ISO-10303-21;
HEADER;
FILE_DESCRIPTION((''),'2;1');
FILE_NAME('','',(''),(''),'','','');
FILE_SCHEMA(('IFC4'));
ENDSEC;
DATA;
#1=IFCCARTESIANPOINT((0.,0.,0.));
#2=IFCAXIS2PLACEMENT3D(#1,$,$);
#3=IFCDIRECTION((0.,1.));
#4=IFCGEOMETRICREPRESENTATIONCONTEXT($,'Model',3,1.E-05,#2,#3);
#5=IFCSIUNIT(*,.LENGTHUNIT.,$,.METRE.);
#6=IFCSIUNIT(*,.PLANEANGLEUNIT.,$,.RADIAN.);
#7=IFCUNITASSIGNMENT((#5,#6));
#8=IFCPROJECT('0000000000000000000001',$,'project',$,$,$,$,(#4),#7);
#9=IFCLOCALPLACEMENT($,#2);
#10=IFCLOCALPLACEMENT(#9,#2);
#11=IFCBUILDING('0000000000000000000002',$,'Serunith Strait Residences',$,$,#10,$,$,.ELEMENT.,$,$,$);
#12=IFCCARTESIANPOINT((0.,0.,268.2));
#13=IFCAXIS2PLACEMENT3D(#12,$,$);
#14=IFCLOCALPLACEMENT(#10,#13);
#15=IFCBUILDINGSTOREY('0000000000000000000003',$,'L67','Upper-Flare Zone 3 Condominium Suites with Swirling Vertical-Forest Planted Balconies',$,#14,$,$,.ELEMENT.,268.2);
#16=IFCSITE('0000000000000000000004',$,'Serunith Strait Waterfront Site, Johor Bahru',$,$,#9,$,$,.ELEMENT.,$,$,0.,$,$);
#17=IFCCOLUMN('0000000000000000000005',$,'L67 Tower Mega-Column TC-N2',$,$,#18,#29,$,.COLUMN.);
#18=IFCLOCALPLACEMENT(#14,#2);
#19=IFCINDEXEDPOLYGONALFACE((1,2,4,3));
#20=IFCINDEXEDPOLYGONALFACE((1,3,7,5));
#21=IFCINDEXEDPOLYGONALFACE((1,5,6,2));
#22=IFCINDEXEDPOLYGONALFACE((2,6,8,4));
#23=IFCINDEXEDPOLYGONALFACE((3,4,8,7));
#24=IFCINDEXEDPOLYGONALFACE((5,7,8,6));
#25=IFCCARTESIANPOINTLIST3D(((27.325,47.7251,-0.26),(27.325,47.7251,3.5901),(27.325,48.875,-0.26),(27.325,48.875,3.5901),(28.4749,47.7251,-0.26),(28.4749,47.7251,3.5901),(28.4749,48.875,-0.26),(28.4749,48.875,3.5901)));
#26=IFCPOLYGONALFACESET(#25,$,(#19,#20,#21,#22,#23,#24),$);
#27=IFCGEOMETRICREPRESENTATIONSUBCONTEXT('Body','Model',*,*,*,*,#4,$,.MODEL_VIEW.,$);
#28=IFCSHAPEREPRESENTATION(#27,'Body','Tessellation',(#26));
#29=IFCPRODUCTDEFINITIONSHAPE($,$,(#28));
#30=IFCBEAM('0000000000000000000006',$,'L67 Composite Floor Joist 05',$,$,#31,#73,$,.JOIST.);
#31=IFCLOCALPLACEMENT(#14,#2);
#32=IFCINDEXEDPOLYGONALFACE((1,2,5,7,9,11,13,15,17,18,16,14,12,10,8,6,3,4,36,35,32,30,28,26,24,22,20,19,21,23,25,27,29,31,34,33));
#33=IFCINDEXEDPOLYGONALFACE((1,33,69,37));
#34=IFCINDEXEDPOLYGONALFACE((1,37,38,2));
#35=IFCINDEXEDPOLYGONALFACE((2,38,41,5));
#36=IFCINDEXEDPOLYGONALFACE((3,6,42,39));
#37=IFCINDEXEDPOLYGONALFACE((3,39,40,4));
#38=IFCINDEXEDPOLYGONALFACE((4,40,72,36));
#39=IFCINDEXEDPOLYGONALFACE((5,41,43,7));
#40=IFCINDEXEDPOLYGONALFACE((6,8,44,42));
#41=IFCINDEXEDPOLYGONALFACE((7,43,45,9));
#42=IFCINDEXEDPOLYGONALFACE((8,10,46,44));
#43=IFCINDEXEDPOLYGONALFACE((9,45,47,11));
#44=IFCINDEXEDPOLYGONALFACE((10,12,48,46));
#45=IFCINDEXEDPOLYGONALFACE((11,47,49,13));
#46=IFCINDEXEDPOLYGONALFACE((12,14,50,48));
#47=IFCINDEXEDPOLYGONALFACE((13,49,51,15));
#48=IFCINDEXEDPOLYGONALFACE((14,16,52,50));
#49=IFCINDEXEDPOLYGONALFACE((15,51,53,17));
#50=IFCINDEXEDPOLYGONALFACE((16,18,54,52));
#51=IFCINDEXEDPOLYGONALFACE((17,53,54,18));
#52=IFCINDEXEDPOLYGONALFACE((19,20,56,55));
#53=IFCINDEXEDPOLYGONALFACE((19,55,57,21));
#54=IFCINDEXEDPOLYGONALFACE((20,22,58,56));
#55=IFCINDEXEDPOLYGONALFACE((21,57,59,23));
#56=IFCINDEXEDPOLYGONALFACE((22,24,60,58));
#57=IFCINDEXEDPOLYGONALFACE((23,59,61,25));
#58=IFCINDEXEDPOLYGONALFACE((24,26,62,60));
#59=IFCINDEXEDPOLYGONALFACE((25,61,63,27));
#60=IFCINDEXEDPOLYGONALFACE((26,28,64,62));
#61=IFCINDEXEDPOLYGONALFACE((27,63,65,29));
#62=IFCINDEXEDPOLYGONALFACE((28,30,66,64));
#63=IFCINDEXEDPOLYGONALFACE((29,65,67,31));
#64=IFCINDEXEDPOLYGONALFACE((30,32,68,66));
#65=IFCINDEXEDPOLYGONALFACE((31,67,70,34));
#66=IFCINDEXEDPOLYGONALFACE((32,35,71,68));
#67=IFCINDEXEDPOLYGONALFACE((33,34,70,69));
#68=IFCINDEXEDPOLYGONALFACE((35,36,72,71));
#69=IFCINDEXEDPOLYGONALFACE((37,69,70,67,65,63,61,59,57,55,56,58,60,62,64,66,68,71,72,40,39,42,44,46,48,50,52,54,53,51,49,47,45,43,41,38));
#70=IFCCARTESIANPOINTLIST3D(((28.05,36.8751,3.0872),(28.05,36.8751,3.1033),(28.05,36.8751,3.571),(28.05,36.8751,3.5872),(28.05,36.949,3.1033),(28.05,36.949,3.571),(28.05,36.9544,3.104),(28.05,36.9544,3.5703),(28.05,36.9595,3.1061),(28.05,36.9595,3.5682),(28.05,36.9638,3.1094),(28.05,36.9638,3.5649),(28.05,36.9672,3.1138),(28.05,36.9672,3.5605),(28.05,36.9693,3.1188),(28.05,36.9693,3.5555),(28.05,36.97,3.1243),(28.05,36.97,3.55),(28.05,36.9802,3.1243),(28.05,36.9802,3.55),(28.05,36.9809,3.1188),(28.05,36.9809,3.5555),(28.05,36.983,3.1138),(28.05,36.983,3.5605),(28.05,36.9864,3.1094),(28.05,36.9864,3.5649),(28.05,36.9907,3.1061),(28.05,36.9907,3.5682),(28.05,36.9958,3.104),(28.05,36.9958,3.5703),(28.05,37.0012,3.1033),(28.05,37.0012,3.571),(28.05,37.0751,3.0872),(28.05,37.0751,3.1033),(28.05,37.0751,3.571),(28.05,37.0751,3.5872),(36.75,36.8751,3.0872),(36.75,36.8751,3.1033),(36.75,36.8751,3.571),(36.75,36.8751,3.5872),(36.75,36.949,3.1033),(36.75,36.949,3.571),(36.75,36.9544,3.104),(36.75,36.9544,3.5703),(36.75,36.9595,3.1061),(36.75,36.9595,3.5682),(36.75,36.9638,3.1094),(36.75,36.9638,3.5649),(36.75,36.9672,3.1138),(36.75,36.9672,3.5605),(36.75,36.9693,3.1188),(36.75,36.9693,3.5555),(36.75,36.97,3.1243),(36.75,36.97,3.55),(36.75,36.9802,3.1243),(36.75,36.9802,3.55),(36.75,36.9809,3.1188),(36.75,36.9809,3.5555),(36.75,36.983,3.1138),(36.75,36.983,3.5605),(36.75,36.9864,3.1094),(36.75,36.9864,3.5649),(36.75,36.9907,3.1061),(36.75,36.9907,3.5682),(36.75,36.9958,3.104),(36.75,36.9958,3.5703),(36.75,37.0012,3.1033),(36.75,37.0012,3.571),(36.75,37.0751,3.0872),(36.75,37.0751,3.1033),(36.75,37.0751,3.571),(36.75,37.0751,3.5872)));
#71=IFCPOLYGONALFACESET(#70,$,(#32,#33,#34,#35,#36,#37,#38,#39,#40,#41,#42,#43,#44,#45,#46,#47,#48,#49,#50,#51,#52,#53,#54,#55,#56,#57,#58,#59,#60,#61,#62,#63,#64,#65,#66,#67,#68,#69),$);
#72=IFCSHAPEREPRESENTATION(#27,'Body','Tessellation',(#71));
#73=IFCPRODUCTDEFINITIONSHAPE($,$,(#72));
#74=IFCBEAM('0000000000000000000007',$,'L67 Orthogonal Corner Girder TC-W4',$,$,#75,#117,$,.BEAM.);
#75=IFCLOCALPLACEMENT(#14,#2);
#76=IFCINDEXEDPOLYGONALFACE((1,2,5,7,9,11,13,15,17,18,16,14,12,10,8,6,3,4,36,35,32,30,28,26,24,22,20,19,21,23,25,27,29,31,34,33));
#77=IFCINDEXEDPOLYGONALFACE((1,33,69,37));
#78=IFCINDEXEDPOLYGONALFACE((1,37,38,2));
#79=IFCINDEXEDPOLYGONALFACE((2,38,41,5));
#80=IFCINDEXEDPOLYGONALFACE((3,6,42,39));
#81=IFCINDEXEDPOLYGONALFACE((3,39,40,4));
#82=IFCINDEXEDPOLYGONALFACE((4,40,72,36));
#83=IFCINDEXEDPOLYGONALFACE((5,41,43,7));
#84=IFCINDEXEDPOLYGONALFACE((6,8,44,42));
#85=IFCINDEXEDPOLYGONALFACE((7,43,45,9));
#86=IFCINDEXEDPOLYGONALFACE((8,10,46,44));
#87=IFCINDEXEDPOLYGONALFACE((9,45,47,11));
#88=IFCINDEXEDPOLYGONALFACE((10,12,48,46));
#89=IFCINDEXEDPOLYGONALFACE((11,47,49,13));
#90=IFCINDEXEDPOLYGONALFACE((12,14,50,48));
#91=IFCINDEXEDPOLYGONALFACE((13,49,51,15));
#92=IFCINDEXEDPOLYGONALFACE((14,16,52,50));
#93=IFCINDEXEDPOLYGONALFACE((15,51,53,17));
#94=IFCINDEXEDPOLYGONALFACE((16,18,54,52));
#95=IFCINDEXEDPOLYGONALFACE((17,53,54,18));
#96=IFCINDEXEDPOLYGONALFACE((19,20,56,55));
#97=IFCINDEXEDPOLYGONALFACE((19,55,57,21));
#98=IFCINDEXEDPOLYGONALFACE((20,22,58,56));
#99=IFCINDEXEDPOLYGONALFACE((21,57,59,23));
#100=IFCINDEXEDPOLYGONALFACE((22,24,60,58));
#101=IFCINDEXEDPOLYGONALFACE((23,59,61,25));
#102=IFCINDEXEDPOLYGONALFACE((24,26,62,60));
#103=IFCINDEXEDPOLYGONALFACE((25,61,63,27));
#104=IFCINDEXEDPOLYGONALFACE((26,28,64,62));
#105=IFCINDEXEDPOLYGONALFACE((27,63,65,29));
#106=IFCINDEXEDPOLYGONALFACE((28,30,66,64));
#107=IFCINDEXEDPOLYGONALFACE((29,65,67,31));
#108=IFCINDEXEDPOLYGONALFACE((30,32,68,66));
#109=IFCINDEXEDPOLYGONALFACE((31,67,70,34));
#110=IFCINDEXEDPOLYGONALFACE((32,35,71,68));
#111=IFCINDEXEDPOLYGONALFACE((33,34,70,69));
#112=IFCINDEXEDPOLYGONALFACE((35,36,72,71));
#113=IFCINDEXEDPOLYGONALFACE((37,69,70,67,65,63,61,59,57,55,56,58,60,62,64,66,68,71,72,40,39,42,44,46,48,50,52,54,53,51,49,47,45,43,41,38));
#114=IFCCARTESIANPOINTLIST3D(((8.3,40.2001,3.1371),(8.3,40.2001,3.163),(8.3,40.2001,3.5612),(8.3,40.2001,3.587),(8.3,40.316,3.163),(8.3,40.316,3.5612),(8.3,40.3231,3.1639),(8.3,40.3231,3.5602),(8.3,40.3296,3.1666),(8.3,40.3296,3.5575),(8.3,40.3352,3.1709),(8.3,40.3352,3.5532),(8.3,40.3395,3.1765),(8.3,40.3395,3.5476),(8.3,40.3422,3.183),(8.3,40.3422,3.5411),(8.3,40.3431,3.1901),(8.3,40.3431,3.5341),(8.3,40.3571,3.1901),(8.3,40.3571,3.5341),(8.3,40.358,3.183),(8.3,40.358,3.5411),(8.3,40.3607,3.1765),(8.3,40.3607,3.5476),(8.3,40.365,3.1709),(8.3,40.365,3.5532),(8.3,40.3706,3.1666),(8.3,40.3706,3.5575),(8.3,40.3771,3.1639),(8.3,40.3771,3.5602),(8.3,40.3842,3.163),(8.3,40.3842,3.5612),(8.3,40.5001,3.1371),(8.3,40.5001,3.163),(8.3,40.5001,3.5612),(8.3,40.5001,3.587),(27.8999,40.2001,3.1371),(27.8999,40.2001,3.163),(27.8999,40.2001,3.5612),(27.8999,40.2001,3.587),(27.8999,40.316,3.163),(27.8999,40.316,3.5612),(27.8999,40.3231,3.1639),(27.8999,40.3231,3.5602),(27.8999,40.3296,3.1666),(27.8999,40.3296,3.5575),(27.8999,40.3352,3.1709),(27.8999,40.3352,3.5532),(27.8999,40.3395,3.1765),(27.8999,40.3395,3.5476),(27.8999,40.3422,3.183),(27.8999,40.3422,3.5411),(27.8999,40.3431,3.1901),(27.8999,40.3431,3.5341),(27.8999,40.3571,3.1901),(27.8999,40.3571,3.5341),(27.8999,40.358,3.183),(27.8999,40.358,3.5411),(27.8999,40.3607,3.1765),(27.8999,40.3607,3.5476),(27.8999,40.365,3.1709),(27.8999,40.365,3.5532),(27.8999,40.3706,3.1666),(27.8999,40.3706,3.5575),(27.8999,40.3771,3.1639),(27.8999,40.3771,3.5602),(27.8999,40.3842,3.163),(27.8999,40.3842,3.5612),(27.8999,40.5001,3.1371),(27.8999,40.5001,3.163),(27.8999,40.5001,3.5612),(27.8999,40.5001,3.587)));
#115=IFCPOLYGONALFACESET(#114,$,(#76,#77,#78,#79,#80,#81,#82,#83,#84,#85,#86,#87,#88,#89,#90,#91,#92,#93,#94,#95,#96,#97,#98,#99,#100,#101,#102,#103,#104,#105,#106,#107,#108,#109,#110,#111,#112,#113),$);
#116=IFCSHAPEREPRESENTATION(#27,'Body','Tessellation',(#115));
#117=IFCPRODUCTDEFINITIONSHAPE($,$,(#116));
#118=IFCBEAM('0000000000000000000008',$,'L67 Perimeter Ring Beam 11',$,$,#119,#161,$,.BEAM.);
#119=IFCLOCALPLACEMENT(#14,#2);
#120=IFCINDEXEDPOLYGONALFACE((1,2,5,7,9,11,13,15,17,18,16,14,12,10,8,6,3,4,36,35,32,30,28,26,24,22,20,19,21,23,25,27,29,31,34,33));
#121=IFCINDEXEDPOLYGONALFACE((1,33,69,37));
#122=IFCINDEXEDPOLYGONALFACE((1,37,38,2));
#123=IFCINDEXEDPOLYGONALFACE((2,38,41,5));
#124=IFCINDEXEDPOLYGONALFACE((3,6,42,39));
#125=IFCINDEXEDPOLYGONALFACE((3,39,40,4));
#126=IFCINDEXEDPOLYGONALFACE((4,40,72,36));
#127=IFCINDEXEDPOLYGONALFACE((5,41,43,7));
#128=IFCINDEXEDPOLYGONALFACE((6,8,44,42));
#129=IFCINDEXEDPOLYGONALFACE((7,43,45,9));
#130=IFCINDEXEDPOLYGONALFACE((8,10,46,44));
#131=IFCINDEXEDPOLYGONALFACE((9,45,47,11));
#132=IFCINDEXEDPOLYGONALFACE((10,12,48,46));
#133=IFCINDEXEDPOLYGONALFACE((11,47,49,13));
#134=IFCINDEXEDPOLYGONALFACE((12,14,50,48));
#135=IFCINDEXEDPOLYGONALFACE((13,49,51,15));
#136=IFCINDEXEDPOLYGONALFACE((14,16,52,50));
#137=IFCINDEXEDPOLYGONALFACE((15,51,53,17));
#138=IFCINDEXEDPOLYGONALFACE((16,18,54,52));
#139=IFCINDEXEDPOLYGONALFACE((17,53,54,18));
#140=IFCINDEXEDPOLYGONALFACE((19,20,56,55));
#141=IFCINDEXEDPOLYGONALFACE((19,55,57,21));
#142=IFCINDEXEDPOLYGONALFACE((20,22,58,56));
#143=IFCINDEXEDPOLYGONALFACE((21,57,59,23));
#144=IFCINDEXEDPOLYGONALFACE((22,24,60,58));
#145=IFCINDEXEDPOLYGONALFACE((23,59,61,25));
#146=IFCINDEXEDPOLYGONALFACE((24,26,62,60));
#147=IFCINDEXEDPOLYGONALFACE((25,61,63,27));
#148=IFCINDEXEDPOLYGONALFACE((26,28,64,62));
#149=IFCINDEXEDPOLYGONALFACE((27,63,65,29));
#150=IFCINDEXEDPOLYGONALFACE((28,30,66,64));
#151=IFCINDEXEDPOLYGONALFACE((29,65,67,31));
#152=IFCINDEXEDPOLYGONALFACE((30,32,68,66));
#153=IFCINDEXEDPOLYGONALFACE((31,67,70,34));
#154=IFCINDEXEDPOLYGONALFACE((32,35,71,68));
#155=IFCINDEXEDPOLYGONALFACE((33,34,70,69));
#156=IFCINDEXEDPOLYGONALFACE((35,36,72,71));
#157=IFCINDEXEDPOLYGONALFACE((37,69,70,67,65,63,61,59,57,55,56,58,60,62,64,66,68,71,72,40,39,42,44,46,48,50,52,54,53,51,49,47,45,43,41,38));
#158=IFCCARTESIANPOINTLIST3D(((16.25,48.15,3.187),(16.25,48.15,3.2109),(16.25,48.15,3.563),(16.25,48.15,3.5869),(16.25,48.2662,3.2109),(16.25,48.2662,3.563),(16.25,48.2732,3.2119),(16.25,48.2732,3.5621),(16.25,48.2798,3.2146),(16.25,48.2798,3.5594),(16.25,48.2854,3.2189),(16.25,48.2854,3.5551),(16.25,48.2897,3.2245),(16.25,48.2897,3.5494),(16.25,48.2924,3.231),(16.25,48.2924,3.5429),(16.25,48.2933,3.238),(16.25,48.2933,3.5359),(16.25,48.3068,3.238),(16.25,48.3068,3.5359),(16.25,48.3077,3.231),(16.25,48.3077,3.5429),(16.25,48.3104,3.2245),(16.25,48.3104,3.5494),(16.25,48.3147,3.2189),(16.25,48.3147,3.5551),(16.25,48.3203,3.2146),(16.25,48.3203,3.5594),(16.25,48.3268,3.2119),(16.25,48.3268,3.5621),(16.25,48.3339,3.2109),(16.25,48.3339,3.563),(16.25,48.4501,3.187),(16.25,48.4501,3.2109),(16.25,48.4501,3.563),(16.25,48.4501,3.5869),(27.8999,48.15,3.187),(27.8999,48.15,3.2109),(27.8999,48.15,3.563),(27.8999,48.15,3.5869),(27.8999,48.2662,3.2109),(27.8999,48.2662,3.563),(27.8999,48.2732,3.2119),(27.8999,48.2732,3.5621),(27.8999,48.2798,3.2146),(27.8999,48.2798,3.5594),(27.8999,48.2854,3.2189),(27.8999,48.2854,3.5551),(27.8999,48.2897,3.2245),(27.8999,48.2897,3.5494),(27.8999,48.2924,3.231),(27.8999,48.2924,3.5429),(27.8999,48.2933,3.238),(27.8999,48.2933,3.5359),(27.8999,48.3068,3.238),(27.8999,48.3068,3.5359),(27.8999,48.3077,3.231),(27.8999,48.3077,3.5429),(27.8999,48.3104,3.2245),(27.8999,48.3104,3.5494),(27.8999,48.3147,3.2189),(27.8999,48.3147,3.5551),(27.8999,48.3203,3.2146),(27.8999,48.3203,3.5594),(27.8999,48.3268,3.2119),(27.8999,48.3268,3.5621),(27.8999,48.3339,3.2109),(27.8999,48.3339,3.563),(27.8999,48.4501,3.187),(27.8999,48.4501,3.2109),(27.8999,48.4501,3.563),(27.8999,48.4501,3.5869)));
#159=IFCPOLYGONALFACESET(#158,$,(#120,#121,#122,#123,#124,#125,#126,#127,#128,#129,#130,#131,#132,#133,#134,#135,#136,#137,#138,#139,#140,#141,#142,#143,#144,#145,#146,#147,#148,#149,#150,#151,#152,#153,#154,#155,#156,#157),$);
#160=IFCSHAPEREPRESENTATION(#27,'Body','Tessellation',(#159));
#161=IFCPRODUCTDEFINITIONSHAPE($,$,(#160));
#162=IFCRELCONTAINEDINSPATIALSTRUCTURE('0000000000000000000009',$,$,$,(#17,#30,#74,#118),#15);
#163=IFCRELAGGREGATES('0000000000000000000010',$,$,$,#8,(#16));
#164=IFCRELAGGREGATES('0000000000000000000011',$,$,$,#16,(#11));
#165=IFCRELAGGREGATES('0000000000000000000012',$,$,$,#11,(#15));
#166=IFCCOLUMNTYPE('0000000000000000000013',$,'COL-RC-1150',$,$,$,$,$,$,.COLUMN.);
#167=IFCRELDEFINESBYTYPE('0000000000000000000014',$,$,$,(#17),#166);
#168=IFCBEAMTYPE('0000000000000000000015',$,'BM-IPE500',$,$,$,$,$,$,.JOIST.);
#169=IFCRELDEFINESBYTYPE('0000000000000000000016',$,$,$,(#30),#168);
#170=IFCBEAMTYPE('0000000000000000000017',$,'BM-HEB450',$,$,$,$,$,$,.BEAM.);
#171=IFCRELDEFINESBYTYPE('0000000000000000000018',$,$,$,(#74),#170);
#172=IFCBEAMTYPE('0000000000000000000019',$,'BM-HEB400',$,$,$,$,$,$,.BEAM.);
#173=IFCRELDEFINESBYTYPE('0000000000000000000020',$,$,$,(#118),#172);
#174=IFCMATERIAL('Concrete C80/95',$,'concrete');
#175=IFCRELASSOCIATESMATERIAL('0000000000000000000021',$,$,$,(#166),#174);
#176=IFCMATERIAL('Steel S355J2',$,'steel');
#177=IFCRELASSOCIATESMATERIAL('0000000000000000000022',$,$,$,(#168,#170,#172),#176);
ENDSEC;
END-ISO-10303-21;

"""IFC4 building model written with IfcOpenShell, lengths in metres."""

from ifc_helpers import new_model, si_unit, direction, frame, origin, origin_2d, place, context, subcontext, project, spatial, rectangle, i_section, extrude, source, transform, mapped, material, material_profile, profile_set, type_object, element, save


model = new_model("IFC4")

# Units and contexts
model_context = context("Model", 3, precision=1e-05, world=origin(), true_north=direction((0.0, 1.0)))
body_context = subcontext(model_context, "Body", "Model", "MODEL_VIEW")
ifc_project = project(units=[si_unit("LENGTHUNIT", "METRE"), si_unit("PLANEANGLEUNIT", "RADIAN")], contexts=[model_context])

# Site, building, storey
site_placement = place(None, origin())
site = spatial("IfcSite", under=ifc_project, at=site_placement, Name="Serunith Strait Waterfront Site, Johor Bahru", CompositionType="ELEMENT", RefElevation=0.0)
building_placement = place(site_placement, origin())
building = spatial("IfcBuilding", under=site, at=building_placement, Name="Serunith Strait Residences", CompositionType="ELEMENT")
storey_placement = place(building_placement, frame((0.0, 0.0, 268.2)))
storey = spatial("IfcBuildingStorey", under=building, at=storey_placement, Name="L67", Description="Upper-Flare Zone 3 Condominium Suites with Swirling Vertical-Forest Planted Balconies", CompositionType="ELEMENT", Elevation=268.2)

# Column
ifc_material_1 = material(Name="Concrete C80/95", Category="concrete")
ifc_material_profile_1 = material_profile(ifc_material_1, rectangle(XDim=1.1499, YDim=1.1499, at=origin_2d()), Name="RC 1150x1150")
ifc_profile_set_1 = profile_set([ifc_material_profile_1], Name="Concrete C80/95")
column_type = type_object("IfcColumnType", Name="COL-RC-1150", PredefinedType="COLUMN", material=ifc_profile_set_1)
shared_shape_1 = source(origin(), body_context, "Body", "SweptSolid", [
    extrude(rectangle(XDim=1.1499, YDim=1.1499, at=origin_2d()), origin(), (0.0, 0.0, 1.0), 3.8501),
])
column_placement = place(storey_placement, frame((27.8999, 48.3, -0.26), z_axis=(0.0, 0.0, 1.0), x_axis=(1.0, 0.0, 0.0)))
element("IfcColumn", 1, at=column_placement, inside=storey, type_object=column_type, Name="L67 Tower Mega-Column TC-N2", PredefinedType="COLUMN", context=body_context, shape_type="MappedRepresentation", body=[
    mapped(shared_shape_1, transform((0.0, 0.0, 0.0), scale=1.0)),
])

# Beams
ifc_material_2 = material(Name="Steel S355J2", Category="steel")
ifc_material_profile_2 = material_profile(ifc_material_2, i_section(OverallWidth=0.2, OverallDepth=0.5, WebThickness=0.0103, FlangeThickness=0.0161, FilletRadius=0.021, at=origin_2d()), Name="IPE 500")
ifc_profile_set_2 = profile_set([ifc_material_profile_2], Name="Steel S355J2")
beam_type_1 = type_object("IfcBeamType", Name="BM-IPE500", PredefinedType="JOIST", material=ifc_profile_set_2)
shared_shape_2 = source(origin(), body_context, "Body", "SweptSolid", [
    extrude(i_section(OverallWidth=0.2, OverallDepth=0.5, WebThickness=0.0103, FlangeThickness=0.0161, FilletRadius=0.021, at=origin_2d()), origin(), (0.0, 0.0, 1.0), 8.7),
])
beam_1_placement = place(storey_placement, frame((28.05, 36.9751, 3.3372), z_axis=(1.0, 0.0, 0.0), x_axis=(0.0, 1.0, 0.0)))
element("IfcBeam", 2, at=beam_1_placement, inside=storey, type_object=beam_type_1, Name="L67 Composite Floor Joist 05", PredefinedType="JOIST", context=body_context, shape_type="MappedRepresentation", body=[
    mapped(shared_shape_2, transform((0.0, 0.0, 0.0), scale=1.0)),
])
ifc_material_profile_3 = material_profile(ifc_material_2, i_section(OverallWidth=0.3, OverallDepth=0.45, WebThickness=0.0139, FlangeThickness=0.0259, FilletRadius=0.0271, at=origin_2d()), Name="HEB 450")
ifc_profile_set_3 = profile_set([ifc_material_profile_3], Name="Steel S355J2")
beam_type_2 = type_object("IfcBeamType", Name="BM-HEB450", PredefinedType="BEAM", material=ifc_profile_set_3)
shared_shape_3 = source(origin(), body_context, "Body", "SweptSolid", [
    extrude(i_section(OverallWidth=0.3, OverallDepth=0.45, WebThickness=0.0139, FlangeThickness=0.0259, FilletRadius=0.0271, at=origin_2d()), origin(), (0.0, 0.0, 1.0), 19.5999),
])
beam_2_placement = place(storey_placement, frame((27.8999, 40.3501, 3.3621), z_axis=(-1.0, 0.0, 0.0), x_axis=(0.0, -1.0, 0.0)))
element("IfcBeam", 3, at=beam_2_placement, inside=storey, type_object=beam_type_2, Name="L67 Orthogonal Corner Girder TC-W4", PredefinedType="BEAM", context=body_context, shape_type="MappedRepresentation", body=[
    mapped(shared_shape_3, transform((0.0, 0.0, 0.0), scale=1.0)),
])
ifc_material_profile_4 = material_profile(ifc_material_2, i_section(OverallWidth=0.3, OverallDepth=0.3999, WebThickness=0.0134, FlangeThickness=0.0239, FilletRadius=0.0271, at=origin_2d()), Name="HEB 400")
ifc_profile_set_4 = profile_set([ifc_material_profile_4], Name="Steel S355J2")
beam_type_3 = type_object("IfcBeamType", Name="BM-HEB400", PredefinedType="BEAM", material=ifc_profile_set_4)
shared_shape_4 = source(origin(), body_context, "Body", "SweptSolid", [
    extrude(i_section(OverallWidth=0.3, OverallDepth=0.3999, WebThickness=0.0134, FlangeThickness=0.0239, FilletRadius=0.0271, at=origin_2d()), origin(), (0.0, 0.0, 1.0), 11.6499),
])
beam_3_placement = place(storey_placement, frame((27.8999, 48.3, 3.387), z_axis=(-1.0, 0.0, 0.0), x_axis=(0.0, -1.0, 0.0)))
element("IfcBeam", 4, at=beam_3_placement, inside=storey, type_object=beam_type_3, Name="L67 Perimeter Ring Beam 11", PredefinedType="BEAM", context=body_context, shape_type="MappedRepresentation", body=[
    mapped(shared_shape_4, transform((0.0, 0.0, 0.0), scale=1.0)),
])

save(model, "model.ifc")
